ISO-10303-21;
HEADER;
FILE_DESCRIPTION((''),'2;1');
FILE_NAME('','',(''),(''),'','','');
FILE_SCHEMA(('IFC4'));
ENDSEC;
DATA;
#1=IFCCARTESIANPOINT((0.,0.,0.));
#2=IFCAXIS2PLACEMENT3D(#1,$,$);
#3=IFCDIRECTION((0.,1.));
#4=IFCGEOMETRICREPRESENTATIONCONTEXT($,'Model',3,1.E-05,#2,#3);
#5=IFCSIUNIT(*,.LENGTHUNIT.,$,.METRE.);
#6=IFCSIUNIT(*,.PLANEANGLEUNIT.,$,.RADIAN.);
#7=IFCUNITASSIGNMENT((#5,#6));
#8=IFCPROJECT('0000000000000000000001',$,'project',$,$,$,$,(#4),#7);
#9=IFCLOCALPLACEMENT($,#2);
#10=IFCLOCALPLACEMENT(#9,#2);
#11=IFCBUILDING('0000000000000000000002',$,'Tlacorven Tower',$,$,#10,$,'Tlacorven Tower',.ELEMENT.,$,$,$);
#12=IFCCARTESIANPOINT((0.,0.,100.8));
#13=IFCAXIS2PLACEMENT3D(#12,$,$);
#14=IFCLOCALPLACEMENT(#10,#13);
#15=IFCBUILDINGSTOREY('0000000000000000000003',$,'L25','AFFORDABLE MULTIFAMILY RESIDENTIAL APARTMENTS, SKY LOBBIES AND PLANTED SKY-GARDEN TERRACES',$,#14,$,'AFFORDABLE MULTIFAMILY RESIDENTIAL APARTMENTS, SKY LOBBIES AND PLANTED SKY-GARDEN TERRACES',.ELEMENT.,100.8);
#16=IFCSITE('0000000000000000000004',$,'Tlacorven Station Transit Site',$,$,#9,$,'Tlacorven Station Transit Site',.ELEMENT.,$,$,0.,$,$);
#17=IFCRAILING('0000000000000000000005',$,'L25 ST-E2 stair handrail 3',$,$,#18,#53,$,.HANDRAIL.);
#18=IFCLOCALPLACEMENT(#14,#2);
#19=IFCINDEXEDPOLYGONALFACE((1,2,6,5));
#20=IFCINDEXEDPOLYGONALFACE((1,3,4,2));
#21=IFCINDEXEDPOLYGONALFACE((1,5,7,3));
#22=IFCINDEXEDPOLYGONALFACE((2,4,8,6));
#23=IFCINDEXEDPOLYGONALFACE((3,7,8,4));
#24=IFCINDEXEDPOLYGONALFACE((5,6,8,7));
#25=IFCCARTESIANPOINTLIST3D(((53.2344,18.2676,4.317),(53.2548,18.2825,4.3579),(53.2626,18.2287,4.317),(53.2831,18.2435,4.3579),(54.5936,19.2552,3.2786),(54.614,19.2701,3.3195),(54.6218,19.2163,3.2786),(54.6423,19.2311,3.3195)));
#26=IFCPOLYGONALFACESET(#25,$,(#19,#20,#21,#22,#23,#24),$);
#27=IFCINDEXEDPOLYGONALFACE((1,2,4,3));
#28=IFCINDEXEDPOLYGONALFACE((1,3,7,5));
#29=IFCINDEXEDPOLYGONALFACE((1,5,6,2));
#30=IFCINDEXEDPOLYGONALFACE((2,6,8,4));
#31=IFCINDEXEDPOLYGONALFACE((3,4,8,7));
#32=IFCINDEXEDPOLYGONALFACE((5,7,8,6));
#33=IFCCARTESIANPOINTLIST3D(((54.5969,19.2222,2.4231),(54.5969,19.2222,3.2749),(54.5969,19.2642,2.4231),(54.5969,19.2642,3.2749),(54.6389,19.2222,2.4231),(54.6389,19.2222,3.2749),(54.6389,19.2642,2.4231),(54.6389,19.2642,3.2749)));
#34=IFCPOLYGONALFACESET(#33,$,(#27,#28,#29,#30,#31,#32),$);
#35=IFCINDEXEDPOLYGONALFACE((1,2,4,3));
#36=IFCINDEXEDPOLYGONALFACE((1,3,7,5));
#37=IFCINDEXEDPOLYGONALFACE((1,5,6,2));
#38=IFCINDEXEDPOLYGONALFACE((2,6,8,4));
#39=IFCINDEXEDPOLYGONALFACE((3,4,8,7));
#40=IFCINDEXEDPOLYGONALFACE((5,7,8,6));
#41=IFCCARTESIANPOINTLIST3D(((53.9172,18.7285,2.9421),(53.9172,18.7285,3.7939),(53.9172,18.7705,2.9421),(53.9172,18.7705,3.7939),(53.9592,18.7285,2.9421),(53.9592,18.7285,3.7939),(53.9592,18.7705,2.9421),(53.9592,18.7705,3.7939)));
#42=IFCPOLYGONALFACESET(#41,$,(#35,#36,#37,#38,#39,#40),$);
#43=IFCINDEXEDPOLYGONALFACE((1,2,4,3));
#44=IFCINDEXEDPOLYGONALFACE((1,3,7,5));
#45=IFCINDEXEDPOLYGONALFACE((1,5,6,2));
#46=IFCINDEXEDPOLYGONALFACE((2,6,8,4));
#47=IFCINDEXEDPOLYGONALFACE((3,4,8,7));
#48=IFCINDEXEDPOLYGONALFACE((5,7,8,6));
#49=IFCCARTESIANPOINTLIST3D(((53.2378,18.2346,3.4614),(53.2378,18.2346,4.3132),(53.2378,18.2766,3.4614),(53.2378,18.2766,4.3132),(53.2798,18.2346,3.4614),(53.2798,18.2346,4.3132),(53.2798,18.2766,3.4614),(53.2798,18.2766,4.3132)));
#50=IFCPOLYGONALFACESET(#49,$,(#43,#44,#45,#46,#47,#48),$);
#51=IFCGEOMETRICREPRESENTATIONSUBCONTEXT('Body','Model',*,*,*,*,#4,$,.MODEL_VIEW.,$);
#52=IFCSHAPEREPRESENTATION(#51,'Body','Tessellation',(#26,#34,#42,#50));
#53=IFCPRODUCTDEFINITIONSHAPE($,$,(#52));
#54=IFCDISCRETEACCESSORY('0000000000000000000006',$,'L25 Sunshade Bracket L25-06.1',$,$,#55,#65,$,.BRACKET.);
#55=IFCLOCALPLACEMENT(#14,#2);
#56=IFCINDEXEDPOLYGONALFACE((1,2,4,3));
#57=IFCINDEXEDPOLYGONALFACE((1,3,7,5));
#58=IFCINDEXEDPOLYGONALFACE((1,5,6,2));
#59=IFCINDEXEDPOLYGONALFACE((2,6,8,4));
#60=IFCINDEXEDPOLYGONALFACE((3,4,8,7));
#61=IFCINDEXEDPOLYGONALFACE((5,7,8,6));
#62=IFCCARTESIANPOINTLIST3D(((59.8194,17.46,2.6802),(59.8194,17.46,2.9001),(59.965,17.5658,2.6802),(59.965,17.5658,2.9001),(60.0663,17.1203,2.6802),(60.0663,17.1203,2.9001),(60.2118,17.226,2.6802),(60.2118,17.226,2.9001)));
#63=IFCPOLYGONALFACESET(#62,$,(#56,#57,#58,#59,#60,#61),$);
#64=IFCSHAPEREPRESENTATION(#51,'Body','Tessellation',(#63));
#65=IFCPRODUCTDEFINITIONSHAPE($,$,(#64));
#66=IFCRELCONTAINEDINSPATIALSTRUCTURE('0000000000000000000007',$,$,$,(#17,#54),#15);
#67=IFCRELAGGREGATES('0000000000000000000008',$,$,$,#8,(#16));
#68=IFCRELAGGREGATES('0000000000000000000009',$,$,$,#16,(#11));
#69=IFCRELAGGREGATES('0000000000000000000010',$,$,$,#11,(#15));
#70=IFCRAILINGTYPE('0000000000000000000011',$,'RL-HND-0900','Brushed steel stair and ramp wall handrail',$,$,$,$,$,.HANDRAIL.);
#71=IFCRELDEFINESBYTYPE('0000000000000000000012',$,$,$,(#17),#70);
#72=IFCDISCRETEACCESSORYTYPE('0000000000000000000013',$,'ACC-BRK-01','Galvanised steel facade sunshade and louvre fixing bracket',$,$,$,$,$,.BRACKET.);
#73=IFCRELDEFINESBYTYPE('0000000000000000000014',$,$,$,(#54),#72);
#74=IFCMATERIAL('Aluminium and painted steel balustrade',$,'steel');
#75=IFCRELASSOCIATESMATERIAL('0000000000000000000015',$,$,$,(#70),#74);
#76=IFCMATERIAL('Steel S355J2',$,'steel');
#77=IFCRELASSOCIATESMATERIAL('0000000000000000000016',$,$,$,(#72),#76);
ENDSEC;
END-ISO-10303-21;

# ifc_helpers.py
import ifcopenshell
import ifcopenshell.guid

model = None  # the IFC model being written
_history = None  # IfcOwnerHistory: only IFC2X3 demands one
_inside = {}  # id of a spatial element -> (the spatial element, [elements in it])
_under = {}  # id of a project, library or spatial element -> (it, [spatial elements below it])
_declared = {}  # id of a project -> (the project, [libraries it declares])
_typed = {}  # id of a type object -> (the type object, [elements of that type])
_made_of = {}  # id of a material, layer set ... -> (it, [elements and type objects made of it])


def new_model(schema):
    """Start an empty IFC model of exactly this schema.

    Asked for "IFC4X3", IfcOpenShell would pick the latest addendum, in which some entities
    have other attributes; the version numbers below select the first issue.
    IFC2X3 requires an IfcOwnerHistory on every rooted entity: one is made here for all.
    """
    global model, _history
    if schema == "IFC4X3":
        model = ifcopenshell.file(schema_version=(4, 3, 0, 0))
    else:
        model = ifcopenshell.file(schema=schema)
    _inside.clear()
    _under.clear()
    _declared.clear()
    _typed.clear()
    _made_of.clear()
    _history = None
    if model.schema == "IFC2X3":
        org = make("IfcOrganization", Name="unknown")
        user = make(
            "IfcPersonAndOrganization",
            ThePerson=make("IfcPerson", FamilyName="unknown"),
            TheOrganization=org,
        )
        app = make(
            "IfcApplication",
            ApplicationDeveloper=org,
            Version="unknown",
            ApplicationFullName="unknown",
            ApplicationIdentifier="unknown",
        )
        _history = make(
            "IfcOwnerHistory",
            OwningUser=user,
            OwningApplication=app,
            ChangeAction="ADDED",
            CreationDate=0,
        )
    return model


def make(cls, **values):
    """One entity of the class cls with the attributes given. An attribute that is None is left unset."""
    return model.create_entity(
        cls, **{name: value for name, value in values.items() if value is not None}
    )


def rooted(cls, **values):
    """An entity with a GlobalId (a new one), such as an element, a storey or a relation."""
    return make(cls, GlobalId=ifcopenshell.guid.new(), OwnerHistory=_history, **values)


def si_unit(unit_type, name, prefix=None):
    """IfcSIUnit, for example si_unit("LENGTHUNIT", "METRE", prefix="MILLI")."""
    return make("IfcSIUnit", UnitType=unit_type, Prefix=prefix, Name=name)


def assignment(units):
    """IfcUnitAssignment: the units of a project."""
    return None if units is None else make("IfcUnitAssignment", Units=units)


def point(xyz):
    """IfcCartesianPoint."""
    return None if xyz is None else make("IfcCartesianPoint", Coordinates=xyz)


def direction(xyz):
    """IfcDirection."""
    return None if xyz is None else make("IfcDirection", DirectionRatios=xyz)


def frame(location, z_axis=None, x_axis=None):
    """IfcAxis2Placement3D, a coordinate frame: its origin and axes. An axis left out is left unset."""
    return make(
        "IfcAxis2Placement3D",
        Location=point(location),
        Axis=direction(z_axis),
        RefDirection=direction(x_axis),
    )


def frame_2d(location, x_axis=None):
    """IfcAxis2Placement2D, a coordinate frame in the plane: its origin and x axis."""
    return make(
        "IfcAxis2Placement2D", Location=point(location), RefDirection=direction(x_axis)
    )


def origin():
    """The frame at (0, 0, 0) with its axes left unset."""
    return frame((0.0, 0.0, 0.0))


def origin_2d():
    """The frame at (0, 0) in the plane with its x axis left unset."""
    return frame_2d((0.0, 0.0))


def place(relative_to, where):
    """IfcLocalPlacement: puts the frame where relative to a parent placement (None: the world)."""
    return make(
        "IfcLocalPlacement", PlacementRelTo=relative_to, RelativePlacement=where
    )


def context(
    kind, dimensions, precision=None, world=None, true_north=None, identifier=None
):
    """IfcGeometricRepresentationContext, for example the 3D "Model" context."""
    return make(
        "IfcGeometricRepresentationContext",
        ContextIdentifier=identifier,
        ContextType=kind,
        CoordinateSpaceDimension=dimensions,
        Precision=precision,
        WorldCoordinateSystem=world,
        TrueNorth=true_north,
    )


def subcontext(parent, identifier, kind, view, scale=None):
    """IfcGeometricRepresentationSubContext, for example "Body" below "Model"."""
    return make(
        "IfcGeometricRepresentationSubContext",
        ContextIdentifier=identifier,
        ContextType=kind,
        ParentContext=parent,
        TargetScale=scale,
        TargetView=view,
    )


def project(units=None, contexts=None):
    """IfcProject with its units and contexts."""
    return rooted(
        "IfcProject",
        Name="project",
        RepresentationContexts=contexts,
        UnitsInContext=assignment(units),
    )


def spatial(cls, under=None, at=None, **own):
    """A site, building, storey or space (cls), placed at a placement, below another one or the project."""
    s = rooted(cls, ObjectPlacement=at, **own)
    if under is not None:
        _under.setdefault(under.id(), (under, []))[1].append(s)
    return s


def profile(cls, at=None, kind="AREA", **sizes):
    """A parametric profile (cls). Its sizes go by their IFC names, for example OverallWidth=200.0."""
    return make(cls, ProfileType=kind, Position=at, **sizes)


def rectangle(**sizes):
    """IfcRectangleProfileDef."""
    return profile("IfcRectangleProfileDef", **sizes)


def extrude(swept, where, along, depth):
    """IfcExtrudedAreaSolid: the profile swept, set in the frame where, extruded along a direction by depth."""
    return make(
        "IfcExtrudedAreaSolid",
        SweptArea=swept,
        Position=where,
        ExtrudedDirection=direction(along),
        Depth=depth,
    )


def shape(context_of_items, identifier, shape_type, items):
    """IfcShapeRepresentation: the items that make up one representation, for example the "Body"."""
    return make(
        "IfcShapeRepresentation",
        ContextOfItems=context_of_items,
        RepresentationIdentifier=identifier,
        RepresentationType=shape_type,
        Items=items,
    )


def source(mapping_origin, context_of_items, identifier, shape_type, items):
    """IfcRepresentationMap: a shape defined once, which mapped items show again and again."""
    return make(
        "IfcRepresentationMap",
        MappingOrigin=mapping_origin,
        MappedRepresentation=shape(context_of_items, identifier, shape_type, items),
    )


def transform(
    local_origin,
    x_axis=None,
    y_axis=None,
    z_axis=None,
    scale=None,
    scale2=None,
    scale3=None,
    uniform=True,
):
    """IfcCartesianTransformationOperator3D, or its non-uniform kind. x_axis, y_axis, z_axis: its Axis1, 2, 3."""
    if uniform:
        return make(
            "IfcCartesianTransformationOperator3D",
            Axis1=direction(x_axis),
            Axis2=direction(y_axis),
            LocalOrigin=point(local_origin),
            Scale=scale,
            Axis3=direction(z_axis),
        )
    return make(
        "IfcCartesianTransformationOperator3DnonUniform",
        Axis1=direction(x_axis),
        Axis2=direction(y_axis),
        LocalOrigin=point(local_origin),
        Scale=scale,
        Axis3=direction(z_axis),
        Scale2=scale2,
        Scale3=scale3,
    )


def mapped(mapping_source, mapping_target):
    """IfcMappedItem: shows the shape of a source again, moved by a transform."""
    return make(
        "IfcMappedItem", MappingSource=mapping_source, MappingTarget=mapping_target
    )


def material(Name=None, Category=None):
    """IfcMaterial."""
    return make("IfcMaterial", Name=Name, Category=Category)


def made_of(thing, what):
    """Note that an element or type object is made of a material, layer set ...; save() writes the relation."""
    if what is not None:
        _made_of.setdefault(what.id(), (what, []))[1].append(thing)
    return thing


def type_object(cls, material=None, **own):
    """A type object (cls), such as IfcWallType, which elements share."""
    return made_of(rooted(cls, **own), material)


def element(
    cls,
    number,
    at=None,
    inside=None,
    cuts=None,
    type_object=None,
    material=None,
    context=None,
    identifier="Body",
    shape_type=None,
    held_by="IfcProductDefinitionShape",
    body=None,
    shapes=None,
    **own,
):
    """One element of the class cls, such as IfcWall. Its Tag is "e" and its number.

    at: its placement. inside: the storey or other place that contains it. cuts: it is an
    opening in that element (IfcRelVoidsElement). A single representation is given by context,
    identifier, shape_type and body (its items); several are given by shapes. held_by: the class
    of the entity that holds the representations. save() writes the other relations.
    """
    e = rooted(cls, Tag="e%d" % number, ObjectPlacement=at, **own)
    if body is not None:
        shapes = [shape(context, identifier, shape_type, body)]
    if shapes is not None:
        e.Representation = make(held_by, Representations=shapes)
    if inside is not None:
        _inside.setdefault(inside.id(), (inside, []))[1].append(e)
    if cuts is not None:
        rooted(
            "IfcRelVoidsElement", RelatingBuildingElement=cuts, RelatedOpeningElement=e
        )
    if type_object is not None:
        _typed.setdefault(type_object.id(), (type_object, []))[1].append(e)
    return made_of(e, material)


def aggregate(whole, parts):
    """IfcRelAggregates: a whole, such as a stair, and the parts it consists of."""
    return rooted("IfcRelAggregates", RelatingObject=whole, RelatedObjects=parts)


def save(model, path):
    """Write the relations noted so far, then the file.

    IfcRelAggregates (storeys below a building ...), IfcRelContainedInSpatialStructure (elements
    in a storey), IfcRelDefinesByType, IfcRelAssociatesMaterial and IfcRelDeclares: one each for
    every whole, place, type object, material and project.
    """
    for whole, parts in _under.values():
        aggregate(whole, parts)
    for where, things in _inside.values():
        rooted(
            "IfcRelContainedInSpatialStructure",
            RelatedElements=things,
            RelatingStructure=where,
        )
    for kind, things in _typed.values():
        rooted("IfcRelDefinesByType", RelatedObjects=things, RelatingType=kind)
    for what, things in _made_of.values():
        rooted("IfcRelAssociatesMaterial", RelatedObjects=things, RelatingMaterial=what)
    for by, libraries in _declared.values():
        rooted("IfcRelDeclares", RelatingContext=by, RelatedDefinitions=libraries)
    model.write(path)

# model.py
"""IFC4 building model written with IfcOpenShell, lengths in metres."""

from ifc_helpers import new_model, si_unit, direction, frame, origin, origin_2d, place, context, subcontext, project, spatial, rectangle, extrude, source, transform, mapped, material, type_object, element, save


model = new_model("IFC4")

# Units and contexts
model_context = context("Model", 3, precision=1e-05, world=origin(), true_north=direction((0.0, 1.0)))
body_context = subcontext(model_context, "Body", "Model", "MODEL_VIEW")
ifc_project = project(units=[si_unit("LENGTHUNIT", "METRE"), si_unit("PLANEANGLEUNIT", "RADIAN")], contexts=[model_context])

# Site, building, storey
site_placement = place(None, origin())
site = spatial("IfcSite", under=ifc_project, at=site_placement, Name="Tlacorven Station Transit Site", LongName="Tlacorven Station Transit Site", CompositionType="ELEMENT", RefElevation=0.0)
building_placement = place(site_placement, origin())
building = spatial("IfcBuilding", under=site, at=building_placement, Name="Tlacorven Tower", LongName="Tlacorven Tower", CompositionType="ELEMENT")
storey_placement = place(building_placement, frame((0.0, 0.0, 100.8)))
storey = spatial("IfcBuildingStorey", under=building, at=storey_placement, Name="L25", Description="AFFORDABLE MULTIFAMILY RESIDENTIAL APARTMENTS, SKY LOBBIES AND PLANTED SKY-GARDEN TERRACES", LongName="AFFORDABLE MULTIFAMILY RESIDENTIAL APARTMENTS, SKY LOBBIES AND PLANTED SKY-GARDEN TERRACES", CompositionType="ELEMENT", Elevation=100.8)

# Shared definitions
ifc_material_1 = material(Name="Steel S355J2", Category="steel")

# Railing
ifc_material_2 = material(Name="Aluminium and painted steel balustrade", Category="steel")
railing_type_1 = type_object("IfcRailingType", Name="RL-HND-0900", Description="Brushed steel stair and ramp wall handrail", PredefinedType="HANDRAIL", material=ifc_material_2)
shared_shape_1 = source(origin(), body_context, "Body", "SweptSolid", [
    extrude(rectangle(XDim=0.0481, YDim=0.0481, at=origin_2d()), frame((0.0, 0.0, 0.876), z_axis=(-0.688168, -0.500025, 0.525737), x_axis=(0.587817, -0.808994, 0.0)), (0.0, 0.0, 1.0), 1.9751),
    extrude(rectangle(XDim=0.042, YDim=0.042, at=origin_2d()), origin(), (0.0, 0.0, 1.0), 0.8518),
    extrude(rectangle(XDim=0.042, YDim=0.042, at=origin_2d()), frame((-0.6797, -0.4937, 0.519)), (0.0, 0.0, 1.0), 0.8518),
    extrude(rectangle(XDim=0.042, YDim=0.042, at=origin_2d()), frame((-1.3591, -0.9875, 1.0383)), (0.0, 0.0, 1.0), 0.8518),
])
railing_1_placement = place(storey_placement, frame((54.6179, 19.2432, 2.4231)))
element("IfcRailing", 1, at=railing_1_placement, inside=storey, type_object=railing_type_1, Name="L25 ST-E2 stair handrail 3", PredefinedType="HANDRAIL", context=body_context, shape_type="MappedRepresentation", body=[
    mapped(shared_shape_1, transform((0.0, 0.0, 0.0), scale=1.0)),
])

# Discrete accessory
discrete_accessory_type = type_object("IfcDiscreteAccessoryType", Name="ACC-BRK-01", Description="Galvanised steel facade sunshade and louvre fixing bracket", PredefinedType="BRACKET", material=ifc_material_1)
shared_shape_2 = source(origin(), body_context, "Body", "SweptSolid", [
    extrude(rectangle(XDim=0.1799, YDim=0.4199, at=origin_2d()), origin(), (0.0, 0.0, 1.0), 0.22),
])
discrete_accessory_placement = place(storey_placement, frame((60.0156, 17.343, 2.6802), z_axis=(0.0, 0.0, 1.0), x_axis=(-0.809017, -0.587785, 0.0)))
element("IfcDiscreteAccessory", 2, at=discrete_accessory_placement, inside=storey, type_object=discrete_accessory_type, Name="L25 Sunshade Bracket L25-06.1", PredefinedType="BRACKET", context=body_context, shape_type="MappedRepresentation", body=[
    mapped(shared_shape_2, transform((0.0, 0.0, 0.0), scale=1.0)),
])

save(model, "model.ifc")
